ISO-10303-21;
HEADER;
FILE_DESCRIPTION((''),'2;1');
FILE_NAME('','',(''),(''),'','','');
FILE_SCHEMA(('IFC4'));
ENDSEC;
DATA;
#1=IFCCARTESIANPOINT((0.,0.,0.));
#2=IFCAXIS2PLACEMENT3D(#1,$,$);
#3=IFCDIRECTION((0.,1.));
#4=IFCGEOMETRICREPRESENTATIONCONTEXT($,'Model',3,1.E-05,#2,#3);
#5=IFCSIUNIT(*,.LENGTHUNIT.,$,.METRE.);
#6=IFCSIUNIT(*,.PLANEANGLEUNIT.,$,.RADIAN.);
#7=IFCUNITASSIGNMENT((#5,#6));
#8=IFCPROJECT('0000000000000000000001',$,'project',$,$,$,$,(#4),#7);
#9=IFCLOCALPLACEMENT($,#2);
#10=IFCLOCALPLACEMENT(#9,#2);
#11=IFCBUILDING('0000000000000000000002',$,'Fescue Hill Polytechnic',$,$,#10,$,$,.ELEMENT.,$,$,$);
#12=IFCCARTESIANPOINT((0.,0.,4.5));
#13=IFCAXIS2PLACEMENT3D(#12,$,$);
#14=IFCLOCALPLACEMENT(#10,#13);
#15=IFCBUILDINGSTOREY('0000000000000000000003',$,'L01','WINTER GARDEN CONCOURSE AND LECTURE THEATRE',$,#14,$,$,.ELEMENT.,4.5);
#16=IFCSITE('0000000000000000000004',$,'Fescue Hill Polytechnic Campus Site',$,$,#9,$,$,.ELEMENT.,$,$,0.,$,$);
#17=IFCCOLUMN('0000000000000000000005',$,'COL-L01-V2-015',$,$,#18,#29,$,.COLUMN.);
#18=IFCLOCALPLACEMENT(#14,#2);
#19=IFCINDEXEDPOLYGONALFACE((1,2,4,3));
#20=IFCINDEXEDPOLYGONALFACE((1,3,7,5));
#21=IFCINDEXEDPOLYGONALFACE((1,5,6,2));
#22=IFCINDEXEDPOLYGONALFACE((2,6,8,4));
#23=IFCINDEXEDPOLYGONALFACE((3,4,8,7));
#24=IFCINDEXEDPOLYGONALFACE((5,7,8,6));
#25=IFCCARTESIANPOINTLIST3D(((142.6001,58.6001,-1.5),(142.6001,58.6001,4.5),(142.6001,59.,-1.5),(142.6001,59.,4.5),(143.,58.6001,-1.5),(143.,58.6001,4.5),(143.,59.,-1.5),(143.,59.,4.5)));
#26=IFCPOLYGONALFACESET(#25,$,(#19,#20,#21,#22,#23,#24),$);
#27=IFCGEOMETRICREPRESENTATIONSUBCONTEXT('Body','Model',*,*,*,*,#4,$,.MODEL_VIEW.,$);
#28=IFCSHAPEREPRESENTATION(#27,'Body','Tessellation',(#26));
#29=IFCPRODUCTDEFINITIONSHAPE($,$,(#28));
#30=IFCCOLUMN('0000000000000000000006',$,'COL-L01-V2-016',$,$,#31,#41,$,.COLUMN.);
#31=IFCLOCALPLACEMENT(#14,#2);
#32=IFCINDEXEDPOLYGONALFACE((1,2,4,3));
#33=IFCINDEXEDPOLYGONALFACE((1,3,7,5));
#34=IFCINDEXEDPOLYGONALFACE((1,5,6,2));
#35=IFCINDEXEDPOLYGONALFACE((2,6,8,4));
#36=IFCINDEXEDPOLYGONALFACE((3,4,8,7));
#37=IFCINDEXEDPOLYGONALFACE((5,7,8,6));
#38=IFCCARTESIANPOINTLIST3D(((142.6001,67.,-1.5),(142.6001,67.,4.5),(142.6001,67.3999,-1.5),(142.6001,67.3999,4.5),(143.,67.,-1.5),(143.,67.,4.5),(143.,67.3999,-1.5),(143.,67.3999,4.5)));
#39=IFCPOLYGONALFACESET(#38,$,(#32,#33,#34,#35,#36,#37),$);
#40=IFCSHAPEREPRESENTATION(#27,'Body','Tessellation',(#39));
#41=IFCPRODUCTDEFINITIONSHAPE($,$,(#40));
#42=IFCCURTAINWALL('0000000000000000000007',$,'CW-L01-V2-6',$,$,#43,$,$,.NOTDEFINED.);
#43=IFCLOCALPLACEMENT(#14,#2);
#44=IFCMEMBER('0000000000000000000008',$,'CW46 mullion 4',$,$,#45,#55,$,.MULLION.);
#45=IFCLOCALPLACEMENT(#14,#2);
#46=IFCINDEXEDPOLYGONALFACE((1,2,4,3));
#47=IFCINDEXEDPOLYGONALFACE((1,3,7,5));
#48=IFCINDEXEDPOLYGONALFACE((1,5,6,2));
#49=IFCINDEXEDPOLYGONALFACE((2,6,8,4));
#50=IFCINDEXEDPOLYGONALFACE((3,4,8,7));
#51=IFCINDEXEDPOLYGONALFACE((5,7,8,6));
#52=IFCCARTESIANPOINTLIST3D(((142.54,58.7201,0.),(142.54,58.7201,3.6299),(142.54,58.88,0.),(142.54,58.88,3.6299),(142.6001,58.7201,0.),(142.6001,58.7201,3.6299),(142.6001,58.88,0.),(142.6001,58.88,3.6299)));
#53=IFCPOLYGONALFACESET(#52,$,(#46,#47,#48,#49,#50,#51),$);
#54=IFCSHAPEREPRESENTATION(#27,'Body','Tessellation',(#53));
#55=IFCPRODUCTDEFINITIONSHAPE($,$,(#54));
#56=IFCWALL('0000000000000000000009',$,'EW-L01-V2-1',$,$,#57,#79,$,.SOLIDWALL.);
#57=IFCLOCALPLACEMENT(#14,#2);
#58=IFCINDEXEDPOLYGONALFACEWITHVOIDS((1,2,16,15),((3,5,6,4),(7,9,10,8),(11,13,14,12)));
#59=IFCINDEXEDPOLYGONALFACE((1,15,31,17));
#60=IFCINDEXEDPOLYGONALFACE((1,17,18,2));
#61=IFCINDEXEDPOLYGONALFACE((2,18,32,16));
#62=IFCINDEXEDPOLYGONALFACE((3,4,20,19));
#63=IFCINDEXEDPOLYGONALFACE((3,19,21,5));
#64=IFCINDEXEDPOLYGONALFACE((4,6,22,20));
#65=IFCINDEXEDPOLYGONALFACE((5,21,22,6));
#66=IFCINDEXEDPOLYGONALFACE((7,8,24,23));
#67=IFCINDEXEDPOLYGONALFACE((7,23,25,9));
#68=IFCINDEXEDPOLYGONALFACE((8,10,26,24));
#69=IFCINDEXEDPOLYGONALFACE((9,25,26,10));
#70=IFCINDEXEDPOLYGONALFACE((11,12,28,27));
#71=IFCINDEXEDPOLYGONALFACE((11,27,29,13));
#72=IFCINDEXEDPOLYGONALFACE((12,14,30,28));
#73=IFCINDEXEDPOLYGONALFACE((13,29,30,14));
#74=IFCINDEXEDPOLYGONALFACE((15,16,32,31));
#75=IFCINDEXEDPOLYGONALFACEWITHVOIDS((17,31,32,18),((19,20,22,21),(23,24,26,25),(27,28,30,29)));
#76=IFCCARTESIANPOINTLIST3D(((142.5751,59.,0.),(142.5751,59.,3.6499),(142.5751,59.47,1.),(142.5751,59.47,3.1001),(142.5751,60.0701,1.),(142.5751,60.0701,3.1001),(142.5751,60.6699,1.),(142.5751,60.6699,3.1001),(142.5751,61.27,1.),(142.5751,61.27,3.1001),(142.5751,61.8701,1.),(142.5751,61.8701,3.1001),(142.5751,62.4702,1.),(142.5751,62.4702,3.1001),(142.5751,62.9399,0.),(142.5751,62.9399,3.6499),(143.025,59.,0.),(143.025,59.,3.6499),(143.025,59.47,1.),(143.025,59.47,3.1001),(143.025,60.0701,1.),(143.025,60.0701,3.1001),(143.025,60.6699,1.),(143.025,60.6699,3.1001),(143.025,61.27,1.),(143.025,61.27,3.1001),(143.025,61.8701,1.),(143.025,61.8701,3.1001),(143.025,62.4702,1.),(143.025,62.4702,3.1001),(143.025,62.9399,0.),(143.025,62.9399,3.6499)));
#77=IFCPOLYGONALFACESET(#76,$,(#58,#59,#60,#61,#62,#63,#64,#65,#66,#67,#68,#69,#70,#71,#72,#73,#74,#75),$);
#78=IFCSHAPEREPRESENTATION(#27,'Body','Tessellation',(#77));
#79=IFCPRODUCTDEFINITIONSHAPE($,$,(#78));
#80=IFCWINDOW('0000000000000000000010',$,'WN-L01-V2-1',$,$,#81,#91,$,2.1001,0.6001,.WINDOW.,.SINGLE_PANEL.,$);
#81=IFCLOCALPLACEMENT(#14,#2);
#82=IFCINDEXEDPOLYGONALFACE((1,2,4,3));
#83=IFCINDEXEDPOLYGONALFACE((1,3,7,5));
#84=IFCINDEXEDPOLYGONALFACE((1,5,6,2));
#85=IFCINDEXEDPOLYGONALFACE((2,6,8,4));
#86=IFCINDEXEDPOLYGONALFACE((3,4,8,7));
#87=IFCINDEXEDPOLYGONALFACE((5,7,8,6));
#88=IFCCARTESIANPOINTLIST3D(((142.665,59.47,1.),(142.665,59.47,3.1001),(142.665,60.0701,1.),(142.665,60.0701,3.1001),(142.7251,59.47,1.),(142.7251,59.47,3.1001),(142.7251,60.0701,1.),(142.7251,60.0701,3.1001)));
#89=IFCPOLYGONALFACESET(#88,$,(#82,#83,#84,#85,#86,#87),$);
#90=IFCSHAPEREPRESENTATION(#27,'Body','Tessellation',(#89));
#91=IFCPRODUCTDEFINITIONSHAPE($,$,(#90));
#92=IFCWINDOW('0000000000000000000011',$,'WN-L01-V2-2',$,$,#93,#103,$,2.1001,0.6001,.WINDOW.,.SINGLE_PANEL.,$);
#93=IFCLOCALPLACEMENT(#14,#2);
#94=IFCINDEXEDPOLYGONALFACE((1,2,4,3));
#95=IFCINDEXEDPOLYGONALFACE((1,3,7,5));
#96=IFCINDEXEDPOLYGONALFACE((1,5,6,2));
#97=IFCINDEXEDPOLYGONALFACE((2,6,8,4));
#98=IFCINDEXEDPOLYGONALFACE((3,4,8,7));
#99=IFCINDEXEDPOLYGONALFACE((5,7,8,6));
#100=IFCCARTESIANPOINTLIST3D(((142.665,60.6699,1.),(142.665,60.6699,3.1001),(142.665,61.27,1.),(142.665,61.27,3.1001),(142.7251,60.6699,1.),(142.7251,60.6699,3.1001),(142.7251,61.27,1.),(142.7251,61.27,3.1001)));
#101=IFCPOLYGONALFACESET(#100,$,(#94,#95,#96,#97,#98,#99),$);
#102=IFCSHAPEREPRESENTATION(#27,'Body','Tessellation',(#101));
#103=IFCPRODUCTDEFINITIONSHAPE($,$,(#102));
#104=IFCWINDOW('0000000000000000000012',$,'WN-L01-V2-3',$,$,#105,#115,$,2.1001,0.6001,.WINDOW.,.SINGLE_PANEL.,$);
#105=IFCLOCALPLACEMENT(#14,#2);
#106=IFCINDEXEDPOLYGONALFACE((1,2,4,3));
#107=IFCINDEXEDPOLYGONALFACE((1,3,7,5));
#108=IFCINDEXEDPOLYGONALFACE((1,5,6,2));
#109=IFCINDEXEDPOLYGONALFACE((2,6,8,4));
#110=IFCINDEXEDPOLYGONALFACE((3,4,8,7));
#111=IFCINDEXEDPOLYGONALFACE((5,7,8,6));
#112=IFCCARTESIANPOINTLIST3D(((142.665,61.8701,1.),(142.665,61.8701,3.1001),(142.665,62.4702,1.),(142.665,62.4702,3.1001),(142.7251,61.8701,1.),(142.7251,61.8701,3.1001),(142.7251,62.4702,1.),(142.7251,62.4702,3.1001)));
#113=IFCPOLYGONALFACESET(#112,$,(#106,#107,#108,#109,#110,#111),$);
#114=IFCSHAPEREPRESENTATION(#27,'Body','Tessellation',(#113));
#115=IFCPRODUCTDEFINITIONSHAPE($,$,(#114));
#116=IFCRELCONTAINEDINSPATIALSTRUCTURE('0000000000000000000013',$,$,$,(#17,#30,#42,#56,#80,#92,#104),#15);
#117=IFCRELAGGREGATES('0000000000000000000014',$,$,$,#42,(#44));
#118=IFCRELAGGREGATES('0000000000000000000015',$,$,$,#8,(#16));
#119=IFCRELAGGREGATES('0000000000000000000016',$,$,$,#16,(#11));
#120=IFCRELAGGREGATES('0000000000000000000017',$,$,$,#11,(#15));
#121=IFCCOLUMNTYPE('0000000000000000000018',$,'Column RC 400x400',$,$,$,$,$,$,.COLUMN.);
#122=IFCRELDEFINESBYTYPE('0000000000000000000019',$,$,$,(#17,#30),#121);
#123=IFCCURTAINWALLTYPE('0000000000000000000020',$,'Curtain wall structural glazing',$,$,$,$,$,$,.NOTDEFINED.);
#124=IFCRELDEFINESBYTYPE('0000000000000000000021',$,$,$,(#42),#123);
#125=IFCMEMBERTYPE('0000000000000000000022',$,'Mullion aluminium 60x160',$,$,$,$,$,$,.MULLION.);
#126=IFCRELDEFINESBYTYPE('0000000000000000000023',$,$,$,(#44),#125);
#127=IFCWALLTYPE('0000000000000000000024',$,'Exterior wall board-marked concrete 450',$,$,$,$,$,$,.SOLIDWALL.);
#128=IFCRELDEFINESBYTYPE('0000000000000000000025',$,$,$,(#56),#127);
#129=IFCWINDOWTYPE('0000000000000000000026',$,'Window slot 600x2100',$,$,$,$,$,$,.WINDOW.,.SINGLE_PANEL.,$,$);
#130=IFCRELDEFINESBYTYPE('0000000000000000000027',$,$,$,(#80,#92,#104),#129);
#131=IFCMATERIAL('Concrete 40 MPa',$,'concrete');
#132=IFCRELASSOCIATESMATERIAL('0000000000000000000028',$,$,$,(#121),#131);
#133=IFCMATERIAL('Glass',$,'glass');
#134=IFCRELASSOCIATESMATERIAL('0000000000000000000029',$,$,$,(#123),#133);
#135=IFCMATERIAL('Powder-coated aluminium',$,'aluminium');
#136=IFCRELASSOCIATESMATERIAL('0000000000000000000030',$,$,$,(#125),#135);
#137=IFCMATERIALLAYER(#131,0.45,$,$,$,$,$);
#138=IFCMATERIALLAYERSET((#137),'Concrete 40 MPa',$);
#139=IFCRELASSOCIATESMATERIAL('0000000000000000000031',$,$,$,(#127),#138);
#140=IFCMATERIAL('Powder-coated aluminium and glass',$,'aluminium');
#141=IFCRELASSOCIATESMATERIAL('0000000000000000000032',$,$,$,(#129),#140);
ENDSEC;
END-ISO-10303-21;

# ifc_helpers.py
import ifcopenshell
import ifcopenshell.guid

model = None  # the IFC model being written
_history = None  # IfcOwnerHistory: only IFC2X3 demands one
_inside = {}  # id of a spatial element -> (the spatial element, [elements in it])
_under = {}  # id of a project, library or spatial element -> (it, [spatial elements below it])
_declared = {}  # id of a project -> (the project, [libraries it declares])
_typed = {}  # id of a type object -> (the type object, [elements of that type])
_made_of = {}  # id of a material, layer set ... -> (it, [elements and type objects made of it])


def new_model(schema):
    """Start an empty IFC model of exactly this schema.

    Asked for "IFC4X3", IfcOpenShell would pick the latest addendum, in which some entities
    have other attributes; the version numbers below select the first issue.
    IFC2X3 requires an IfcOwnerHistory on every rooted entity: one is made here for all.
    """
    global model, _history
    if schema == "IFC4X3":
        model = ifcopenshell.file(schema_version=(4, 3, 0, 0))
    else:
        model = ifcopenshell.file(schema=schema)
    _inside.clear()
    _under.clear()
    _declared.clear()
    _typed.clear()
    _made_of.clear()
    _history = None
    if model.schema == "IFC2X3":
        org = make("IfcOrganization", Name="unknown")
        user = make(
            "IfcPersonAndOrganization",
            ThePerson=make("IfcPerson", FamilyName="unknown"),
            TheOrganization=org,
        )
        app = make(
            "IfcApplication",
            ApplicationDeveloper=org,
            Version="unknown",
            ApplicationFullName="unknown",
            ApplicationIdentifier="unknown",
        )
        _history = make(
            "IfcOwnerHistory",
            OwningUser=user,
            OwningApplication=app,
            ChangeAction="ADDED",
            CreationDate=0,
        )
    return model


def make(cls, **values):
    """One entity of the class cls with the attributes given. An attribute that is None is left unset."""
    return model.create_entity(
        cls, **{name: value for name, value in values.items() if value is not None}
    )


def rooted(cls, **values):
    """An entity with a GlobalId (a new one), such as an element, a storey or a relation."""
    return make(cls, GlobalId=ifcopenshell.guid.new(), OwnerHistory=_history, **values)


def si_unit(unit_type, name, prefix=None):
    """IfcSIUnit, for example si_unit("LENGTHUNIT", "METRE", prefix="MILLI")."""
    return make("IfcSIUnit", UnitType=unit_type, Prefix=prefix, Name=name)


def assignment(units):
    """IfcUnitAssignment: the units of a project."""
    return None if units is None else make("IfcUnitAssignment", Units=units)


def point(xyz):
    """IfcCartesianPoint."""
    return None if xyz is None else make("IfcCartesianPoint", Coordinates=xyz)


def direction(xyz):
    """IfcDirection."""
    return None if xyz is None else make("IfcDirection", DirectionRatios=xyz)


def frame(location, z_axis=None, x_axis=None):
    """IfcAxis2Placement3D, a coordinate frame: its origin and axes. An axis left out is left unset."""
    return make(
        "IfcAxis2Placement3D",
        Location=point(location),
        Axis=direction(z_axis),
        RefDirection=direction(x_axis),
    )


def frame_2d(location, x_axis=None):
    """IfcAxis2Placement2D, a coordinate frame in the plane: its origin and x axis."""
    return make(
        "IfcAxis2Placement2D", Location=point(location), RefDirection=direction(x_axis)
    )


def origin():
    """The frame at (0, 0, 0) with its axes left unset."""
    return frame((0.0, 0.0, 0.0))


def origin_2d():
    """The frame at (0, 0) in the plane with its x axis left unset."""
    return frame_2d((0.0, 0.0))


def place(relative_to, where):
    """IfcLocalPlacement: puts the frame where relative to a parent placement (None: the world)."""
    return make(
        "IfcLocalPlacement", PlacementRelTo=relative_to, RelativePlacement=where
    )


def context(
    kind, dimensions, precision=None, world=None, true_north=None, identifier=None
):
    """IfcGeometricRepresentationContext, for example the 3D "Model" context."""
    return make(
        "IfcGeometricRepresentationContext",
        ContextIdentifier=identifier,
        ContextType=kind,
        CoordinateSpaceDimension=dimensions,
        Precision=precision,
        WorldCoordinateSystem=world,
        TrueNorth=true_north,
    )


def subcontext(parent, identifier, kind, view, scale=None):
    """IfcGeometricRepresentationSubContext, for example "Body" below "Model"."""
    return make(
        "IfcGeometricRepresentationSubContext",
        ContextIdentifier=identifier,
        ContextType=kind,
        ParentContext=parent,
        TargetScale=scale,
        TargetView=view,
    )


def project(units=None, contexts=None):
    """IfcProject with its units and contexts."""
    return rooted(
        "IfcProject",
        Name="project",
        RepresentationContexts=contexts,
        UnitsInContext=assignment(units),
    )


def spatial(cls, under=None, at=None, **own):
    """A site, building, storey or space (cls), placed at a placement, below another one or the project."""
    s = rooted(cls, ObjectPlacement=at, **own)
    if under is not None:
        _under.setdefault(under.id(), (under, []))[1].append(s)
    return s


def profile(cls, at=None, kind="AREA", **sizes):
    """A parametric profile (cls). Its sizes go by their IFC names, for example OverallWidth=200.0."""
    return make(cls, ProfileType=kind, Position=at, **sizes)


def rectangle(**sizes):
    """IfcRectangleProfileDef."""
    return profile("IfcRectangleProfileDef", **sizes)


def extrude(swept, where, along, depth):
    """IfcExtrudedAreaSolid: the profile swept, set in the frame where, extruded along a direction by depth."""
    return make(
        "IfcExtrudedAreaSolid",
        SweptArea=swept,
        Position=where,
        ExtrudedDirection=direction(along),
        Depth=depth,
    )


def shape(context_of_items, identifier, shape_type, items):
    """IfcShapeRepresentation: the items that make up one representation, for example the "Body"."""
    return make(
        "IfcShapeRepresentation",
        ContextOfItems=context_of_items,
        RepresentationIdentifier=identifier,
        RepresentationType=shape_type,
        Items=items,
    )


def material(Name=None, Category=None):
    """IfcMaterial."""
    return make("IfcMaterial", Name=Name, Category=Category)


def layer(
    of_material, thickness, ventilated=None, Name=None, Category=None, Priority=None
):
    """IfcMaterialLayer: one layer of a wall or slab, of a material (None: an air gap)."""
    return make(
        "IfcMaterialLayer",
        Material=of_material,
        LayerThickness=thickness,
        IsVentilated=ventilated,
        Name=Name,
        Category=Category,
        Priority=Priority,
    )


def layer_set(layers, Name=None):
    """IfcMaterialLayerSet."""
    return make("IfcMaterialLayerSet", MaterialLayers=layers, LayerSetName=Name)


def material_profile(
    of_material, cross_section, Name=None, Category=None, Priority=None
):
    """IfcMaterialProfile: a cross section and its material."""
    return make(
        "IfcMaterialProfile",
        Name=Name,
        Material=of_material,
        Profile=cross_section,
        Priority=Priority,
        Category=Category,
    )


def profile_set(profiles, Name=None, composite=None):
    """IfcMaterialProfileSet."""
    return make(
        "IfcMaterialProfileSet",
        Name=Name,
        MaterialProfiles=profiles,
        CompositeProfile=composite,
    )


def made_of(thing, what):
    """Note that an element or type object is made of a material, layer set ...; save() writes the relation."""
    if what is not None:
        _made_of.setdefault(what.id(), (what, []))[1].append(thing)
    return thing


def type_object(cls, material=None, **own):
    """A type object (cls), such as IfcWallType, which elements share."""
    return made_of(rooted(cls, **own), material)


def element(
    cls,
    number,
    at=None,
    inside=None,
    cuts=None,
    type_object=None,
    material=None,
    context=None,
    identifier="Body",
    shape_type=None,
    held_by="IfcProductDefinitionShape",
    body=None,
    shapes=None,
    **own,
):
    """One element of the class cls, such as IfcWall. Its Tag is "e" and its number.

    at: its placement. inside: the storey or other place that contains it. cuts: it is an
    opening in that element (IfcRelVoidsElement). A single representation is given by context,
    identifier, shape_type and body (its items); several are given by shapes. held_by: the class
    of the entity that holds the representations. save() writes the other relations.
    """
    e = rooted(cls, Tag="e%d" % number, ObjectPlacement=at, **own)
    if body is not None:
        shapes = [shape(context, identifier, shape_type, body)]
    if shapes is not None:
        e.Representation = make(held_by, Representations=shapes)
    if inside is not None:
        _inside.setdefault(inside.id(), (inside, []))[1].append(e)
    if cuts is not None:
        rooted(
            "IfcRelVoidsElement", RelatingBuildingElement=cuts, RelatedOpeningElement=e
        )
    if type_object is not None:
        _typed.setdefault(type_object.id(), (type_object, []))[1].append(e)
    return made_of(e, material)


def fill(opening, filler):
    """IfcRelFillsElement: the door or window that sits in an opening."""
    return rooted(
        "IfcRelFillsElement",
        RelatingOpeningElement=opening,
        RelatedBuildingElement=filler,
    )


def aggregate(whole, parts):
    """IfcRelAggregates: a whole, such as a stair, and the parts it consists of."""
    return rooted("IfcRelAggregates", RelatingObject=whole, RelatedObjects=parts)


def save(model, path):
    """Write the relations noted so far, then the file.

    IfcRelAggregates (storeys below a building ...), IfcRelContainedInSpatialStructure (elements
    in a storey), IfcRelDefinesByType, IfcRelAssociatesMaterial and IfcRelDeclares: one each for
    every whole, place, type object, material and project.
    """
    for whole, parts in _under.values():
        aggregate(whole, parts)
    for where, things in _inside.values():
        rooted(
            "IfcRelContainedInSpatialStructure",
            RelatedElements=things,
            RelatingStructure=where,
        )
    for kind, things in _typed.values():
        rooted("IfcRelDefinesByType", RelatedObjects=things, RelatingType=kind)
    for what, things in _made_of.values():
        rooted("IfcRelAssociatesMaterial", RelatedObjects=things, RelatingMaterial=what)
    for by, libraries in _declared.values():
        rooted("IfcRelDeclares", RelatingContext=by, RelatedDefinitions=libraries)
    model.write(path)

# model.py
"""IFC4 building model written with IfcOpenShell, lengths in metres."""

from ifc_helpers import new_model, si_unit, direction, frame, frame_2d, origin, origin_2d, place, context, subcontext, project, spatial, rectangle, extrude, material, layer, layer_set, material_profile, profile_set, type_object, element, fill, aggregate, save


model = new_model("IFC4")

# Units and contexts
model_context = context("Model", 3, precision=1e-05, world=origin(), true_north=direction((0.0, 1.0)))
body_context = subcontext(model_context, "Body", "Model", "MODEL_VIEW")
ifc_project = project(units=[si_unit("LENGTHUNIT", "METRE"), si_unit("PLANEANGLEUNIT", "RADIAN")], contexts=[model_context])

# Site, building, storey
site_placement = place(None, origin())
site = spatial("IfcSite", under=ifc_project, at=site_placement, Name="Fescue Hill Polytechnic Campus Site", CompositionType="ELEMENT", RefElevation=0.0)
building_placement = place(site_placement, origin())
building = spatial("IfcBuilding", under=site, at=building_placement, Name="Fescue Hill Polytechnic", CompositionType="ELEMENT")
storey_placement = place(building_placement, frame((0.0, 0.0, 4.5)))
storey = spatial("IfcBuildingStorey", under=building, at=storey_placement, Name="L01", Description="WINTER GARDEN CONCOURSE AND LECTURE THEATRE", CompositionType="ELEMENT", Elevation=4.5)

# Columns
ifc_material_1 = material(Name="Concrete 40 MPa", Category="concrete")
ifc_material_profile_1 = material_profile(ifc_material_1, rectangle(XDim=0.3999, YDim=0.3999, at=origin_2d()), Name="RC 400x400")
ifc_profile_set_1 = profile_set([ifc_material_profile_1], Name="Concrete 40 MPa")
column_type = type_object("IfcColumnType", Name="Column RC 400x400", PredefinedType="COLUMN", material=ifc_profile_set_1)
for number, where, z_axis, x_axis, name in (
    (1, (142.8, 58.8, -1.5), (0.0, 0.0, 1.0), (1.0, 0.0, 0.0), "COL-L01-V2-015"),
    (2, (142.8, 67.2, -1.5), (0.0, 0.0, 1.0), (1.0, 0.0, 0.0), "COL-L01-V2-016"),
):
    element("IfcColumn", number, at=place(storey_placement, frame(where, z_axis=z_axis, x_axis=x_axis)), inside=storey, type_object=column_type, Name=name, PredefinedType="COLUMN", context=body_context, shape_type="SweptSolid", body=[
        extrude(rectangle(XDim=0.3999, YDim=0.3999, at=origin_2d()), origin(), (0.0, 0.0, 1.0), 6.0),
    ])

# Curtain wall, member
ifc_material_2 = material(Name="Glass", Category="glass")
curtain_wall_type = type_object("IfcCurtainWallType", Name="Curtain wall structural glazing", PredefinedType="NOTDEFINED", material=ifc_material_2)
curtain_wall_placement = place(storey_placement, origin())
curtain_wall = element("IfcCurtainWall", 3, at=curtain_wall_placement, inside=storey, type_object=curtain_wall_type, Name="CW-L01-V2-6", PredefinedType="NOTDEFINED")
ifc_material_3 = material(Name="Powder-coated aluminium", Category="aluminium")
ifc_material_profile_2 = material_profile(ifc_material_3, rectangle(XDim=0.1599, YDim=0.0601, at=origin_2d()), Name="Mullion aluminium 60x160")
ifc_profile_set_2 = profile_set([ifc_material_profile_2], Name="Powder-coated aluminium")
member_type = type_object("IfcMemberType", Name="Mullion aluminium 60x160", PredefinedType="MULLION", material=ifc_profile_set_2)
member_placement = place(storey_placement, frame((142.5701, 58.8, 0.0), z_axis=(0.0, 0.0, 1.0), x_axis=(0.0, 1.0, 0.0)))
member = element("IfcMember", 4, at=member_placement, type_object=member_type, Name="CW46 mullion 4", PredefinedType="MULLION", context=body_context, shape_type="SweptSolid", body=[
    extrude(rectangle(XDim=0.1599, YDim=0.0601, at=origin_2d()), origin(), (0.0, 0.0, 1.0), 3.6299),
])
aggregate(curtain_wall, [member])

# Wall, openings, windows
ifc_layer_1 = layer(ifc_material_1, 0.45)
ifc_layer_set_1 = layer_set([ifc_layer_1], Name="Concrete 40 MPa")
wall_type_1 = type_object("IfcWallType", Name="Exterior wall board-marked concrete 450", PredefinedType="SOLIDWALL", material=ifc_layer_set_1)
wall_1_placement = place(storey_placement, frame((142.8, 59.0, 0.0), z_axis=(0.0, 0.0, 1.0), x_axis=(0.0, 1.0, 0.0)))
wall_1 = element("IfcWall", 5, at=wall_1_placement, inside=storey, type_object=wall_type_1, Name="EW-L01-V2-1", PredefinedType="SOLIDWALL", context=body_context, shape_type="SweptSolid", body=[
    extrude(rectangle(XDim=3.9399, YDim=0.45, at=frame_2d((1.97, 0.0))), origin(), (0.0, 0.0, 1.0), 3.6499),
])
opening_1_placement = place(wall_1_placement, frame((0.47, 0.0, 1.0)))
opening_1 = element("IfcOpeningElement", 6, at=opening_1_placement, cuts=wall_1, PredefinedType="OPENING", context=body_context, shape_type="SweptSolid", body=[
    extrude(rectangle(XDim=0.6001, YDim=2.1001, at=frame_2d((0.3, 1.05))), frame((0.0, 0.2349, 0.0), z_axis=(0.0, -1.0, 0.0), x_axis=(1.0, 0.0, 0.0)), (0.0, 0.0, 1.0), 0.47),
])
opening_2_placement = place(wall_1_placement, frame((1.6699, 0.0, 1.0)))
opening_2 = element("IfcOpeningElement", 7, at=opening_2_placement, cuts=wall_1, PredefinedType="OPENING", context=body_context, shape_type="SweptSolid", body=[
    extrude(rectangle(XDim=0.6001, YDim=2.1001, at=frame_2d((0.3, 1.05))), frame((0.0, 0.2349, 0.0), z_axis=(0.0, -1.0, 0.0), x_axis=(1.0, 0.0, 0.0)), (0.0, 0.0, 1.0), 0.47),
])
opening_3_placement = place(wall_1_placement, frame((2.8701, 0.0, 1.0)))
opening_3 = element("IfcOpeningElement", 8, at=opening_3_placement, cuts=wall_1, PredefinedType="OPENING", context=body_context, shape_type="SweptSolid", body=[
    extrude(rectangle(XDim=0.6001, YDim=2.1001, at=frame_2d((0.3, 1.05))), frame((0.0, 0.2349, 0.0), z_axis=(0.0, -1.0, 0.0), x_axis=(1.0, 0.0, 0.0)), (0.0, 0.0, 1.0), 0.47),
])
ifc_material_4 = material(Name="Powder-coated aluminium and glass", Category="aluminium")
window_type = type_object("IfcWindowType", Name="Window slot 600x2100", PartitioningType="SINGLE_PANEL", PredefinedType="WINDOW", material=ifc_material_4)
window_1_placement = place(opening_1_placement, origin())
window_1 = element("IfcWindow", 9, at=window_1_placement, inside=storey, type_object=window_type, Name="WN-L01-V2-1", OverallHeight=2.1001, OverallWidth=0.6001, PartitioningType="SINGLE_PANEL", PredefinedType="WINDOW", context=body_context, shape_type="SweptSolid", body=[
    extrude(rectangle(XDim=0.6001, YDim=2.1001, at=frame_2d((0.3, 1.05))), frame((0.0, 0.135, 0.0), z_axis=(0.0, -1.0, 0.0), x_axis=(1.0, 0.0, 0.0)), (0.0, 0.0, 1.0), 0.0601),
])
fill(opening_1, window_1)
window_2_placement = place(opening_2_placement, origin())
window_2 = element("IfcWindow", 10, at=window_2_placement, inside=storey, type_object=window_type, Name="WN-L01-V2-2", OverallHeight=2.1001, OverallWidth=0.6001, PartitioningType="SINGLE_PANEL", PredefinedType="WINDOW", context=body_context, shape_type="SweptSolid", body=[
    extrude(rectangle(XDim=0.6001, YDim=2.1001, at=frame_2d((0.3, 1.05))), frame((0.0, 0.135, 0.0), z_axis=(0.0, -1.0, 0.0), x_axis=(1.0, 0.0, 0.0)), (0.0, 0.0, 1.0), 0.0601),
])
fill(opening_2, window_2)
window_3_placement = place(opening_3_placement, origin())
window_3 = element("IfcWindow", 11, at=window_3_placement, inside=storey, type_object=window_type, Name="WN-L01-V2-3", OverallHeight=2.1001, OverallWidth=0.6001, PartitioningType="SINGLE_PANEL", PredefinedType="WINDOW", context=body_context, shape_type="SweptSolid", body=[
    extrude(rectangle(XDim=0.6001, YDim=2.1001, at=frame_2d((0.3, 1.05))), frame((0.0, 0.135, 0.0), z_axis=(0.0, -1.0, 0.0), x_axis=(1.0, 0.0, 0.0)), (0.0, 0.0, 1.0), 0.0601),
])
fill(opening_3, window_3)

save(model, "model.ifc")
